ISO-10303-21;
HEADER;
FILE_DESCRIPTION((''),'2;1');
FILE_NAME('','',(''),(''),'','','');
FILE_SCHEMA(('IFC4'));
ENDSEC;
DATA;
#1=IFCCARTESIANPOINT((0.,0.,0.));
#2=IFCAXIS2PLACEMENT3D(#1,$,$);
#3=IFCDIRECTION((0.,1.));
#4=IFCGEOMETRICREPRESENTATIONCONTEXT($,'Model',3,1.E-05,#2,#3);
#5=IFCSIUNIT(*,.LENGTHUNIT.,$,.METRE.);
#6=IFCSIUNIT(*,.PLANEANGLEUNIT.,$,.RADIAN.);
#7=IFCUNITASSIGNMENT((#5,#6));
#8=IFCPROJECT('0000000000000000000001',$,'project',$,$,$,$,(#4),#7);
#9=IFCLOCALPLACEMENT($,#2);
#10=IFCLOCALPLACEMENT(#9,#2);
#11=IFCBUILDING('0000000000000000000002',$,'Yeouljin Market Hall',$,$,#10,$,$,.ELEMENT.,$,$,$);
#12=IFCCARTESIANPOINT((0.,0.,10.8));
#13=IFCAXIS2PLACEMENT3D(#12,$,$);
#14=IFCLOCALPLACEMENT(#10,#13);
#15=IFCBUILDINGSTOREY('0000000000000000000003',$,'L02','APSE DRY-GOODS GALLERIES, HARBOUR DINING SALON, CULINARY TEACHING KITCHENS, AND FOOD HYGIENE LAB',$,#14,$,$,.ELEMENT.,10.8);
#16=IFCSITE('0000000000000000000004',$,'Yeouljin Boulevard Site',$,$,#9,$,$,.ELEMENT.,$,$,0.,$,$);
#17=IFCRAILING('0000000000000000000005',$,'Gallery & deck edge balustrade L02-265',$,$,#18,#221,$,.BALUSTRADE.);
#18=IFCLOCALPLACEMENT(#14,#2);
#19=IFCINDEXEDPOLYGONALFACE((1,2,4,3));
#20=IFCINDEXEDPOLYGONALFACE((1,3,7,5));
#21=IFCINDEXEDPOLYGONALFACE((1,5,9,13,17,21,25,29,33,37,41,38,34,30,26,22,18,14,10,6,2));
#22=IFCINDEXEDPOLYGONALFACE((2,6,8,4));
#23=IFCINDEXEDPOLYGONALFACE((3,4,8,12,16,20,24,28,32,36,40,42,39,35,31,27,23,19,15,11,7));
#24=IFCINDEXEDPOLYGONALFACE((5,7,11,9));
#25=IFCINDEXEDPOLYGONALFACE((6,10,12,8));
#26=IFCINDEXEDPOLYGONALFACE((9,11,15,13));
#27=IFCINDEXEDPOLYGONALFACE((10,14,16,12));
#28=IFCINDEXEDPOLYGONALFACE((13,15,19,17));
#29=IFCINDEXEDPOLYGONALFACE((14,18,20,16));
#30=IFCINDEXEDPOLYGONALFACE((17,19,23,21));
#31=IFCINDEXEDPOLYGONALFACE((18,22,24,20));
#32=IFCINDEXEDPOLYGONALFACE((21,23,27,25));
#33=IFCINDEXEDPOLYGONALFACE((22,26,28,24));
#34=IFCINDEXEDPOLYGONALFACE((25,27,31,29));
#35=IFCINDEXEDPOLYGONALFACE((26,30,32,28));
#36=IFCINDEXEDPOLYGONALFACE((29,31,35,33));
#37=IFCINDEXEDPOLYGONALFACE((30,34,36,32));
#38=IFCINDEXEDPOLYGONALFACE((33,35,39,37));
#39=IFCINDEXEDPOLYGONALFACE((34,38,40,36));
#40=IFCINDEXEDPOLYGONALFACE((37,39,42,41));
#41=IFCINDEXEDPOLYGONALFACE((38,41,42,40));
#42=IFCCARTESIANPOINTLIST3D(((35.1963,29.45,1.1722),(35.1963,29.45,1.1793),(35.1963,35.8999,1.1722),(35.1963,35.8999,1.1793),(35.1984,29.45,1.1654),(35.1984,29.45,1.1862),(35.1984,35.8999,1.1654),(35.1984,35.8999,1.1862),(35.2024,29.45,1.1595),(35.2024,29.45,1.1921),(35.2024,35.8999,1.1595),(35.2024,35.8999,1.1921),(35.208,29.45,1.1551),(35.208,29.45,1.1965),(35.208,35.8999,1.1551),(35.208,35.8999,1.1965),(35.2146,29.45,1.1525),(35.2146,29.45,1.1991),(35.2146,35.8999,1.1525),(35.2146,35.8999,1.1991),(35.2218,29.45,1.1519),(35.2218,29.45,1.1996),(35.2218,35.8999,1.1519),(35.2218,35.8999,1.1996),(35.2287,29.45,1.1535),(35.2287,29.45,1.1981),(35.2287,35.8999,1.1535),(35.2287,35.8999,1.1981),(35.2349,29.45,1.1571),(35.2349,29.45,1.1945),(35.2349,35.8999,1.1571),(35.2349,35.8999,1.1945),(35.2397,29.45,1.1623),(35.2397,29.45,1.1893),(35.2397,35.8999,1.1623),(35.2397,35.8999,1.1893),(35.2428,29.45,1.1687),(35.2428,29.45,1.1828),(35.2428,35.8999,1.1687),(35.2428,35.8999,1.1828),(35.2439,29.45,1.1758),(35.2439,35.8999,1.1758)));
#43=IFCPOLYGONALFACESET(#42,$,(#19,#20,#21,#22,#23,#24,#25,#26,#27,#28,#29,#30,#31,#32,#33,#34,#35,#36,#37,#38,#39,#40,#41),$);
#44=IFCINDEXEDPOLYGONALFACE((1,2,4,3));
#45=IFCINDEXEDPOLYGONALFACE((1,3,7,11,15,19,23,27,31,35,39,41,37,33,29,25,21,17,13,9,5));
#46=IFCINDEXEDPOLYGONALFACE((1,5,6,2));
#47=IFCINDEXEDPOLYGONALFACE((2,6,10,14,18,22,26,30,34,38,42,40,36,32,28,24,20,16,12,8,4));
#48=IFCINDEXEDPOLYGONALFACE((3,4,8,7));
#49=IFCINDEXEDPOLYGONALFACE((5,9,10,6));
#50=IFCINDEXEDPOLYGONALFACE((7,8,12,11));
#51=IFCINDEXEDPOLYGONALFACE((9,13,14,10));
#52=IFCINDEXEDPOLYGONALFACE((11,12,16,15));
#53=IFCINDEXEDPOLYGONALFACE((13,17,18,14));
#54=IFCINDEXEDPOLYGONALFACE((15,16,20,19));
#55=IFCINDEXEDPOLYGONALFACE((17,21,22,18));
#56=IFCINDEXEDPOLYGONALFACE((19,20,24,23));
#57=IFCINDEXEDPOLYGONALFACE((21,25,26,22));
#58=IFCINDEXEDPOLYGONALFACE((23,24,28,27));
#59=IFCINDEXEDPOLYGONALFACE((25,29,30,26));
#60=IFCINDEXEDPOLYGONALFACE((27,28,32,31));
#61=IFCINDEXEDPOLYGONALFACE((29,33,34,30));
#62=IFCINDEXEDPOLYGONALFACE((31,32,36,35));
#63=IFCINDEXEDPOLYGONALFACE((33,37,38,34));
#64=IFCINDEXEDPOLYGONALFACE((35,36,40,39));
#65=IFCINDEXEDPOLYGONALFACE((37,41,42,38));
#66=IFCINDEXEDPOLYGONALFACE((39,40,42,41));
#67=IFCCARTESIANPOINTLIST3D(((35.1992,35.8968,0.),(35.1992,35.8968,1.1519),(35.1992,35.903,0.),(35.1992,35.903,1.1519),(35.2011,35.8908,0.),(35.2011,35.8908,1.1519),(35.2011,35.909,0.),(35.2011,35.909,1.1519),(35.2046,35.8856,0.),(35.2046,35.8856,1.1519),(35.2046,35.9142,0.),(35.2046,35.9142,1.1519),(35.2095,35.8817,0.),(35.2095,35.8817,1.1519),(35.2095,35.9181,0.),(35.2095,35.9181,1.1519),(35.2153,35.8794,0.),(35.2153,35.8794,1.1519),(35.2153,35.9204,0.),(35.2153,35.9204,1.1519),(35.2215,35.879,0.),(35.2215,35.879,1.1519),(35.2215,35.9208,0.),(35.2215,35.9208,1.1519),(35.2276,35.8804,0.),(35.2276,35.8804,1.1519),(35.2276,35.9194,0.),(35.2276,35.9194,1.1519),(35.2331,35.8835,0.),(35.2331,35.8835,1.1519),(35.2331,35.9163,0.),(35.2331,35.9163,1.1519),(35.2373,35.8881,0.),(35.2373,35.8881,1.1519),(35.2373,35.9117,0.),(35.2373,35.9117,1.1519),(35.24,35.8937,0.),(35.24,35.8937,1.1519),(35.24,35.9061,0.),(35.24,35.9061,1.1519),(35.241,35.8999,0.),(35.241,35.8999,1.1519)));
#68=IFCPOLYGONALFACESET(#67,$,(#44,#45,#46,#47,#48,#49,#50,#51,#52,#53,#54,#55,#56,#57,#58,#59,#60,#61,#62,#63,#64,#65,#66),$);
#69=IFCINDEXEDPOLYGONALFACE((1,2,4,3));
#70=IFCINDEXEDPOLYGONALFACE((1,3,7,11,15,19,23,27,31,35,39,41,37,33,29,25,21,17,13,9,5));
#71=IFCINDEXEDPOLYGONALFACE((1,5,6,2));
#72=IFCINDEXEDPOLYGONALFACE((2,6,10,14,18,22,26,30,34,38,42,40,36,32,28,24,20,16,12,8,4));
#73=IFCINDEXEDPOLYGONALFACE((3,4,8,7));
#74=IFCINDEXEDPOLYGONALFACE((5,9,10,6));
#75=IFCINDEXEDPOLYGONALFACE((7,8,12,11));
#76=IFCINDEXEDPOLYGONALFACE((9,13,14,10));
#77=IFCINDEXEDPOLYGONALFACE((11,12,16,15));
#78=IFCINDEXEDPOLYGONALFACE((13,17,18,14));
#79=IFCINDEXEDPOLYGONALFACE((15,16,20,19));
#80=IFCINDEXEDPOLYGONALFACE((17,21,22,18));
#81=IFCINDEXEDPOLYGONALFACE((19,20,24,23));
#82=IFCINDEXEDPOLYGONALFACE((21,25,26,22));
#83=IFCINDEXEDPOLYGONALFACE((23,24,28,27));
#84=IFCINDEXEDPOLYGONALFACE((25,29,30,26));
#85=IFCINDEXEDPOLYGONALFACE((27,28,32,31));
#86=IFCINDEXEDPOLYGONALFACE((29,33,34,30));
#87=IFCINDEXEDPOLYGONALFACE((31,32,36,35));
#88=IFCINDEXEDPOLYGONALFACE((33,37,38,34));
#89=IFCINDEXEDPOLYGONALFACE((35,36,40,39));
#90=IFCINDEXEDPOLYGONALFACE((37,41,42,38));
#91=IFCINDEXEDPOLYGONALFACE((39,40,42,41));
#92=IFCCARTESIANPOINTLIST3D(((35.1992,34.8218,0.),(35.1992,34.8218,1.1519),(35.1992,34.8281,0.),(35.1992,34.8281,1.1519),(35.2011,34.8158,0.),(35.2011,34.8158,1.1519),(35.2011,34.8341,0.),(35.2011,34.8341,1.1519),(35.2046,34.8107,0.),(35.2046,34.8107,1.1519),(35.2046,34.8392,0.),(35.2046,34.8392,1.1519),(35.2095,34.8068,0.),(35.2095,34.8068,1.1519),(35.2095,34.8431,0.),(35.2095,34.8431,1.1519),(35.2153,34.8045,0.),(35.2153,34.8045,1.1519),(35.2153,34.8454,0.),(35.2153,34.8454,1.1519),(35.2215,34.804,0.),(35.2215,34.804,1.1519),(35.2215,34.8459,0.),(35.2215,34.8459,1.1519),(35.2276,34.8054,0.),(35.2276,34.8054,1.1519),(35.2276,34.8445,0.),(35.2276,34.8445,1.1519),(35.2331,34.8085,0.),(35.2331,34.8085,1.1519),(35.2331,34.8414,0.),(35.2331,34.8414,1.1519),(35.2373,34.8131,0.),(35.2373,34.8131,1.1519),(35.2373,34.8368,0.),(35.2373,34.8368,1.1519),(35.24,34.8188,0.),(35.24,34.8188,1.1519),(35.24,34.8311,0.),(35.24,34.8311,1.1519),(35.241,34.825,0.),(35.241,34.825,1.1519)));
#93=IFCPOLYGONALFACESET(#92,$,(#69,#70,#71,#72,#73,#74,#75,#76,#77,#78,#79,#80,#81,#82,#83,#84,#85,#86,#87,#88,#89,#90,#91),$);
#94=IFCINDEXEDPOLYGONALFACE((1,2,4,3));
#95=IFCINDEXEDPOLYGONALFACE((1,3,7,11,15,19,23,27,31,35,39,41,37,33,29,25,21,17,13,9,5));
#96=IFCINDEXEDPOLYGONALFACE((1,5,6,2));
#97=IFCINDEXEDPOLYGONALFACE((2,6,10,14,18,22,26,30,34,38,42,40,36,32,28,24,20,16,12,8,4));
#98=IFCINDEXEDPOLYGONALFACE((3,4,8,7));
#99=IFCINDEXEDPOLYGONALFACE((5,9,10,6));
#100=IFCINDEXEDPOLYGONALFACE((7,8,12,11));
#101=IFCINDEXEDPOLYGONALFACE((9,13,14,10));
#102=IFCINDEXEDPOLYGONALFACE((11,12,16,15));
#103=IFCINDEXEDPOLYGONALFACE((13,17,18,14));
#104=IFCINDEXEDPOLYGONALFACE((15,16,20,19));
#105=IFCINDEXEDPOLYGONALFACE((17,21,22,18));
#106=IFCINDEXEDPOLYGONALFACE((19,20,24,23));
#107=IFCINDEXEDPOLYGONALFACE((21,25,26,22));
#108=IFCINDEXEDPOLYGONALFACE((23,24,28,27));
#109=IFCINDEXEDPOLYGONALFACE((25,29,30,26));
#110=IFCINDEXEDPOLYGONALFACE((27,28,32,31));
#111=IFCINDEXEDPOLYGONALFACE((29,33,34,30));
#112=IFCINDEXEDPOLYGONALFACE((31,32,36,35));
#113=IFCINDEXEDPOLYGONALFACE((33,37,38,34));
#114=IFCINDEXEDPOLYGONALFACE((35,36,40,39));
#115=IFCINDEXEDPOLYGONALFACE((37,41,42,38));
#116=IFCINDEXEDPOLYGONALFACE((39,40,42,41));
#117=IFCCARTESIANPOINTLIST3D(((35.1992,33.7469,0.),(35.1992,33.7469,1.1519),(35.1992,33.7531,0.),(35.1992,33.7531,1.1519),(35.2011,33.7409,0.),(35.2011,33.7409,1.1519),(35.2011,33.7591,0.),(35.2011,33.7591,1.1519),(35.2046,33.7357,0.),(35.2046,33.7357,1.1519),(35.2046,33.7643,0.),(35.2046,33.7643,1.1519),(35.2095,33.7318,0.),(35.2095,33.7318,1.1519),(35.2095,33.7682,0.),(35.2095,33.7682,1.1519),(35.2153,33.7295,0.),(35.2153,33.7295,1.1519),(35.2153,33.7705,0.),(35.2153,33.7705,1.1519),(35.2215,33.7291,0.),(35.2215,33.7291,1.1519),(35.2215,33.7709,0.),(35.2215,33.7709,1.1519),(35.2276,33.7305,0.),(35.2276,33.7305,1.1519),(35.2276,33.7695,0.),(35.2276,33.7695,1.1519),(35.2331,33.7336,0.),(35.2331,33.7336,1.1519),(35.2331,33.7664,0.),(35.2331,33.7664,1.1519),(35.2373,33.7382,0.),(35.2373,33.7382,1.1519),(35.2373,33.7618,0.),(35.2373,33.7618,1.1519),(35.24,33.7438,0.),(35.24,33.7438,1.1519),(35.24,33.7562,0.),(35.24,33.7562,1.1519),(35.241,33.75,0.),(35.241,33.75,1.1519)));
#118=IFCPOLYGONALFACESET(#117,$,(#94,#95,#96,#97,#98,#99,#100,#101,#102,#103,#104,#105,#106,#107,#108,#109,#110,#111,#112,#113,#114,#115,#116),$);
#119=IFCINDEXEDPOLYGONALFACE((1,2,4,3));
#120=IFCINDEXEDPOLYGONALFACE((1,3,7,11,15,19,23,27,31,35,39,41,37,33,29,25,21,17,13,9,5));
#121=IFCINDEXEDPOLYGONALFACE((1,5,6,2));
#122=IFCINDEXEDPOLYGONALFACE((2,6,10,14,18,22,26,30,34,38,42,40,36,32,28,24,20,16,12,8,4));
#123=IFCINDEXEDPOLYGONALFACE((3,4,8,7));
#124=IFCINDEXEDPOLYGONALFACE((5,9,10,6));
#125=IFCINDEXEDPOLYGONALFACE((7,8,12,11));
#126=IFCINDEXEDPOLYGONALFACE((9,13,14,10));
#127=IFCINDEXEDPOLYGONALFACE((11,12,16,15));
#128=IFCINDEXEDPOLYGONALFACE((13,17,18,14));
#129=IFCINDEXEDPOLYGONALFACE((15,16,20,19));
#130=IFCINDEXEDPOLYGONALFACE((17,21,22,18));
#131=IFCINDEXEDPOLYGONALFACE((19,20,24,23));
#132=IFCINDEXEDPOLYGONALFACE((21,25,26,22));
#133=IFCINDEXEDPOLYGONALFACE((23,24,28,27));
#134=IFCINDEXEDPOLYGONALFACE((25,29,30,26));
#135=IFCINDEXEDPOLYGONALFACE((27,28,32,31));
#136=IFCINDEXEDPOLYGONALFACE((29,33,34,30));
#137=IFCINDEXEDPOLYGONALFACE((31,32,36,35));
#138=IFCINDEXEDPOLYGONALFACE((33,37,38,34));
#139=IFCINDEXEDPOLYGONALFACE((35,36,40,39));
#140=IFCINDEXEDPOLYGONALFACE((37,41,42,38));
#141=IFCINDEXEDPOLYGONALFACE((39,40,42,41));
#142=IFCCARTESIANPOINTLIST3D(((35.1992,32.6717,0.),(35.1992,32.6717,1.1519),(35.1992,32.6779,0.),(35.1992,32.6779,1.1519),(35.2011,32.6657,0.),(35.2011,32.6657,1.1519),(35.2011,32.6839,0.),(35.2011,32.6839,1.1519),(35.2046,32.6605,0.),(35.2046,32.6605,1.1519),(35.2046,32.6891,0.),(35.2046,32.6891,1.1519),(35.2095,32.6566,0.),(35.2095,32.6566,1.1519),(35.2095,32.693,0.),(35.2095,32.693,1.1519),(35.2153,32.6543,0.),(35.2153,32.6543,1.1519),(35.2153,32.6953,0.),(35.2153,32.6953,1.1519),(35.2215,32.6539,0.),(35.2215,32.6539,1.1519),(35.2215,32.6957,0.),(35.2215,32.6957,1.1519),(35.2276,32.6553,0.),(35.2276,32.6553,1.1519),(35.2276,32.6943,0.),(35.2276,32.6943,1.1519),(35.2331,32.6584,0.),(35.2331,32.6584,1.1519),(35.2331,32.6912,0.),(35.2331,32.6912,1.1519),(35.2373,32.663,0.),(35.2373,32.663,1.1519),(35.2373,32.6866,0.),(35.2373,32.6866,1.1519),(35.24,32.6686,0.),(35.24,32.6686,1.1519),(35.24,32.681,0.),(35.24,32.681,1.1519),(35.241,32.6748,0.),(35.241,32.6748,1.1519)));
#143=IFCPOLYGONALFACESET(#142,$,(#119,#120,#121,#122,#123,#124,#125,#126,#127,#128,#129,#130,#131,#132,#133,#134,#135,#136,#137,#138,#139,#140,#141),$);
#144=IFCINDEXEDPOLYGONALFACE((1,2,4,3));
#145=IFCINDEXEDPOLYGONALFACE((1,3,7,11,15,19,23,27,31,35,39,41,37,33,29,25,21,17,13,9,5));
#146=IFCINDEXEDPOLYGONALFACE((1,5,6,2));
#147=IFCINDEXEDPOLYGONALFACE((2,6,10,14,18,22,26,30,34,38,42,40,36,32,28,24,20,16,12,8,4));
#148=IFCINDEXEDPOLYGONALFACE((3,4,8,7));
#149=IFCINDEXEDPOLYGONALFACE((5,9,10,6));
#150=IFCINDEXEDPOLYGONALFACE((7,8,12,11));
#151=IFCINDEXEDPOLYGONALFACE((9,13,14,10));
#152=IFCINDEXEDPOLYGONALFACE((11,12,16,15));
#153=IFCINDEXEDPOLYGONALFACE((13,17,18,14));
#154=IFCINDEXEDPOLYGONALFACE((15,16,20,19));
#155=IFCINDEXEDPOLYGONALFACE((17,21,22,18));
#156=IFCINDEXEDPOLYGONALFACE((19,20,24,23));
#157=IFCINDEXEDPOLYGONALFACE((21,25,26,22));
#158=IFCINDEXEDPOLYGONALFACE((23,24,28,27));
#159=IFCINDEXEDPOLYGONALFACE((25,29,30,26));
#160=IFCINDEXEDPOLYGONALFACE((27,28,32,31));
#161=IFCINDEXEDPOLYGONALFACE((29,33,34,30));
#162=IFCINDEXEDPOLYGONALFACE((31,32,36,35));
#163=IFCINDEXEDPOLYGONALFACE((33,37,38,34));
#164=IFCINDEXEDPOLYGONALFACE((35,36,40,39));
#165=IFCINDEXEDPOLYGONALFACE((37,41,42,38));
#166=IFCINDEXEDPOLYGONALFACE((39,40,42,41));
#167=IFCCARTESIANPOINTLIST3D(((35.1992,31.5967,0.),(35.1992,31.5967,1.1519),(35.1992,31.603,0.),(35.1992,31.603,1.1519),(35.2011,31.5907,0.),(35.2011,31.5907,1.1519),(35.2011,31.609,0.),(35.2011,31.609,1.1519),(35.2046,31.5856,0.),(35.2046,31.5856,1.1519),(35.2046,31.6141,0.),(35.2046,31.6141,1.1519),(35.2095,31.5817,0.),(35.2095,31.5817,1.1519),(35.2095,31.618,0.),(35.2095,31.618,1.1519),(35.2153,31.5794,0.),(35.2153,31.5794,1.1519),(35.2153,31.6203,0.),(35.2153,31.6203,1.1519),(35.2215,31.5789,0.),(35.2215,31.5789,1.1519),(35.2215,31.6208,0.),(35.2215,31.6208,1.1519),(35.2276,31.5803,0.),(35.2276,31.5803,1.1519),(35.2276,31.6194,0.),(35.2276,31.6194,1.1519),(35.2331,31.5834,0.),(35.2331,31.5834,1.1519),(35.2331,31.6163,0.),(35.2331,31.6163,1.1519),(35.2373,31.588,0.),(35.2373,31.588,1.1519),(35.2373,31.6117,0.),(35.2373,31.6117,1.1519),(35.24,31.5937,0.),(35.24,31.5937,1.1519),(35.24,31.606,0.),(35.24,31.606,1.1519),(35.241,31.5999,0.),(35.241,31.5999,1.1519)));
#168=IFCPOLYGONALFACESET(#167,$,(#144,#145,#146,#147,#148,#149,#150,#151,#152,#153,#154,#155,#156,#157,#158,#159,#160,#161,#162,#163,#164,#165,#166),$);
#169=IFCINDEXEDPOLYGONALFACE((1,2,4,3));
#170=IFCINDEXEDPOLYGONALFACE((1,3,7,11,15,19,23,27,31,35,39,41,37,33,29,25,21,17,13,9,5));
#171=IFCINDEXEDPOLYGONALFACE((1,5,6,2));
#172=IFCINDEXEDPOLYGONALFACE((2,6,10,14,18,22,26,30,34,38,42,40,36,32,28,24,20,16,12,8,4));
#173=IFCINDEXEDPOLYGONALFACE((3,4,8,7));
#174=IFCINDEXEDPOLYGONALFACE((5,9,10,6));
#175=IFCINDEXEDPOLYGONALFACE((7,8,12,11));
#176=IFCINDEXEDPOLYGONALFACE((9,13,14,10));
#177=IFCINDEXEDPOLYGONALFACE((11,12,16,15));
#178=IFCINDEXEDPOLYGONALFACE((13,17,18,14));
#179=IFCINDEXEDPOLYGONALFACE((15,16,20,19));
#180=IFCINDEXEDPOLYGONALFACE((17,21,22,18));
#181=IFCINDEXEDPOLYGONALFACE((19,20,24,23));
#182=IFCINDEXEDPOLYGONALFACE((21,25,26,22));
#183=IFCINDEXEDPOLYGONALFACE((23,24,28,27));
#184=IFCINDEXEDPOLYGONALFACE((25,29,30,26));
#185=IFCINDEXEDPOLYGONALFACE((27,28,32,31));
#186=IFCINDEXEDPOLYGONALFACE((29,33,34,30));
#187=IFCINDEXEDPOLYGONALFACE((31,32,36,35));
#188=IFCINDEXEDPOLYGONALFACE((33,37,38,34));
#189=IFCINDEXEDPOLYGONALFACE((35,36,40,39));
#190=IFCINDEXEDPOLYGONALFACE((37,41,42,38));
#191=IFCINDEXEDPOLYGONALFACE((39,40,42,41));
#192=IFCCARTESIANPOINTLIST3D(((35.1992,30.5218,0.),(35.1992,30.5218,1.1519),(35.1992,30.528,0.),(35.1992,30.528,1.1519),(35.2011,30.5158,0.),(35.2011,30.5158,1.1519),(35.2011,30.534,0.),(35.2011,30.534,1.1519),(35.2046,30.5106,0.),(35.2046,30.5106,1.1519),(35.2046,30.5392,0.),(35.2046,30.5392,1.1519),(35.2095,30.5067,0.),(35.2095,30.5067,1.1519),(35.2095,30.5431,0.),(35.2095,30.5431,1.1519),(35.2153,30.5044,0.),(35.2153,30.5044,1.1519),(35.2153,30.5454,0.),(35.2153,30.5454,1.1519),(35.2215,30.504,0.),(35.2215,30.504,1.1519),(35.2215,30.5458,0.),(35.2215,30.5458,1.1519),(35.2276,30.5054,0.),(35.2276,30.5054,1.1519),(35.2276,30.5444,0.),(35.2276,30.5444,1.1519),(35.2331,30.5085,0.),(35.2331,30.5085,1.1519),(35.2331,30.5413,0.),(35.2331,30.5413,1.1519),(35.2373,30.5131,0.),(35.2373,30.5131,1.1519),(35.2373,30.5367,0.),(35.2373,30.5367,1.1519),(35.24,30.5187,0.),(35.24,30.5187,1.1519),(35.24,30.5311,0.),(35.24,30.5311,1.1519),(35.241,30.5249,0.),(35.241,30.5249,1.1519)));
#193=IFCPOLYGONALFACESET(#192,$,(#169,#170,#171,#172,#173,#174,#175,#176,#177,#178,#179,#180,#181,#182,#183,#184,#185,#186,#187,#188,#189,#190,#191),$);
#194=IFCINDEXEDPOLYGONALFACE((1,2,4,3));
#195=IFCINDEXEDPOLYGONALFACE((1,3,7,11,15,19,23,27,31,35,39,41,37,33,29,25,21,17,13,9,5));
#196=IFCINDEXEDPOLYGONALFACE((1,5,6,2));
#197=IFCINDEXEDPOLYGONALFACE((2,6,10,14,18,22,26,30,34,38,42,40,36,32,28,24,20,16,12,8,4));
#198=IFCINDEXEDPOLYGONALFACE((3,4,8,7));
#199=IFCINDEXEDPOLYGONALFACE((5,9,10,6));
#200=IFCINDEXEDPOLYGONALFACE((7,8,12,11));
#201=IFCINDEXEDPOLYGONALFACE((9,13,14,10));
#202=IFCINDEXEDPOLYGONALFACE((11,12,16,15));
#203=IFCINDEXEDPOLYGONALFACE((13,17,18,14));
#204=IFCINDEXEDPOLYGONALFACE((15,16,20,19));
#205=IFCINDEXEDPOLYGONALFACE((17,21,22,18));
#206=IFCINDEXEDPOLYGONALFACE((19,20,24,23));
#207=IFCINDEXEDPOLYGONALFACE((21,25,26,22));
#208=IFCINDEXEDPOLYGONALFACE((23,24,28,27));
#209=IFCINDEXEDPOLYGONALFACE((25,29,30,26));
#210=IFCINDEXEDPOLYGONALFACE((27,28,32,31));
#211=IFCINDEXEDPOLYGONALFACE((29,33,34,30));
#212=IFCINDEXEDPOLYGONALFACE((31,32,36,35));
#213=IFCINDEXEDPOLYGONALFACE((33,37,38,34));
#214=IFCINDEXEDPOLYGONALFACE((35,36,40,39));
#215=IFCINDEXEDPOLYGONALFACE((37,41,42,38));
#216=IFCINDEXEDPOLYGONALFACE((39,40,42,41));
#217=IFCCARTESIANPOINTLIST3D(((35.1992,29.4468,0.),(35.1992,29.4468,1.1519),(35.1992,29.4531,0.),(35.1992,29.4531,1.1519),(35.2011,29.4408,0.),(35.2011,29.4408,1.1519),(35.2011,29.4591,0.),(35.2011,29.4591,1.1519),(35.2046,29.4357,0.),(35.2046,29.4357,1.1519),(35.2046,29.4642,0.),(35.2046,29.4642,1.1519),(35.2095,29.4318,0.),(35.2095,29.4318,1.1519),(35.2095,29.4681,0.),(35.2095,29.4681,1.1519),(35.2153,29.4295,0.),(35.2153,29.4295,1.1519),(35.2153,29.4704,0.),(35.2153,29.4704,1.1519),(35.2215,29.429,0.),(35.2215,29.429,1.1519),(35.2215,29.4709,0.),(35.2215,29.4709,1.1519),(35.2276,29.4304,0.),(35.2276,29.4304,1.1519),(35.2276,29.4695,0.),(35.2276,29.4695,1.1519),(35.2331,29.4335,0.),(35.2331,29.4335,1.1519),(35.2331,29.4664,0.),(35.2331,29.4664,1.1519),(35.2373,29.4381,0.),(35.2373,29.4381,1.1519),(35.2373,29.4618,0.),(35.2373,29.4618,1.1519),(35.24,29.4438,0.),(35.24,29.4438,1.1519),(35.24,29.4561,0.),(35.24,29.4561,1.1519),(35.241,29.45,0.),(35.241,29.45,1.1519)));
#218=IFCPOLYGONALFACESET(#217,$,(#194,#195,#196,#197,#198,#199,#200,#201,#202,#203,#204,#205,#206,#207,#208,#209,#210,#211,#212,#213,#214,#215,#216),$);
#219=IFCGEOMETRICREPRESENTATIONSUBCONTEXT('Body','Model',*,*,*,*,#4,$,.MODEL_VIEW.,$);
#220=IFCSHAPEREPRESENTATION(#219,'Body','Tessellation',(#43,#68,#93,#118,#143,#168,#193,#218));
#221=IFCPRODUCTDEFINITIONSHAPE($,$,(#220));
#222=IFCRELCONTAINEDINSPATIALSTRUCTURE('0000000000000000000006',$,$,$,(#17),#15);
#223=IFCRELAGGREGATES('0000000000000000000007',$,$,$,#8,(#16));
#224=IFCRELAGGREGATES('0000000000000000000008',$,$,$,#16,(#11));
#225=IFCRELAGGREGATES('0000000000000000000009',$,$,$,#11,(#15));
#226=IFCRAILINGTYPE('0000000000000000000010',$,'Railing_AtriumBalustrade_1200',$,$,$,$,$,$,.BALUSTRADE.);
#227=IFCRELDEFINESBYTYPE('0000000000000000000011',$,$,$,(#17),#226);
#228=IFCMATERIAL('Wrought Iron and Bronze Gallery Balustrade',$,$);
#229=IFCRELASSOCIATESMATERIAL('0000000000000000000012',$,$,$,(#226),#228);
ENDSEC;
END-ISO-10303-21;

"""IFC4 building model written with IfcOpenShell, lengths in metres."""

from ifc_helpers import new_model, si_unit, direction, frame, origin, origin_2d, place, context, subcontext, project, spatial, circle, extrude, material, type_object, element, save


model = new_model("IFC4")

# Units and contexts
model_context = context("Model", 3, precision=1e-05, world=origin(), true_north=direction((0.0, 1.0)))
body_context = subcontext(model_context, "Body", "Model", "MODEL_VIEW")
ifc_project = project(units=[si_unit("LENGTHUNIT", "METRE"), si_unit("PLANEANGLEUNIT", "RADIAN")], contexts=[model_context])

# Site, building, storey
site_placement = place(None, origin())
site = spatial("IfcSite", under=ifc_project, at=site_placement, Name="Yeouljin Boulevard Site", CompositionType="ELEMENT", RefElevation=0.0)
building_placement = place(site_placement, origin())
building = spatial("IfcBuilding", under=site, at=building_placement, Name="Yeouljin Market Hall", CompositionType="ELEMENT")
storey_placement = place(building_placement, frame((0.0, 0.0, 10.8)))
storey = spatial("IfcBuildingStorey", under=building, at=storey_placement, Name="L02", Description="APSE DRY-GOODS GALLERIES, HARBOUR DINING SALON, CULINARY TEACHING KITCHENS, AND FOOD HYGIENE LAB", CompositionType="ELEMENT", Elevation=10.8)

# Railing
ifc_material_1 = material(Name="Wrought Iron and Bronze Gallery Balustrade")
railing_type = type_object("IfcRailingType", Name="Railing_AtriumBalustrade_1200", PredefinedType="BALUSTRADE", material=ifc_material_1)
railing_1_placement = place(storey_placement, frame((35.22, 35.8999, 0.0)))
element("IfcRailing", 1, at=railing_1_placement, inside=storey, type_object=railing_type, Name="Gallery & deck edge balustrade L02-265", PredefinedType="BALUSTRADE", context=body_context, shape_type="SweptSolid", body=[
    extrude(circle(Radius=0.0239, at=origin_2d()), frame((0.0, 0.0, 1.1758), z_axis=(0.0, -1.0, 0.0), x_axis=(1.0, 0.0, 0.0)), (0.0, 0.0, 1.0), 6.45),
    extrude(circle(Radius=0.021, at=origin_2d()), origin(), (0.0, 0.0, 1.0), 1.1519),
    extrude(circle(Radius=0.021, at=origin_2d()), frame((0.0, -1.075, 0.0)), (0.0, 0.0, 1.0), 1.1519),
    extrude(circle(Radius=0.021, at=origin_2d()), frame((0.0, -2.1499, 0.0)), (0.0, 0.0, 1.0), 1.1519),
    extrude(circle(Radius=0.021, at=origin_2d()), frame((0.0, -3.2251, 0.0)), (0.0, 0.0, 1.0), 1.1519),
    extrude(circle(Radius=0.021, at=origin_2d()), frame((0.0, -4.3, 0.0)), (0.0, 0.0, 1.0), 1.1519),
    extrude(circle(Radius=0.021, at=origin_2d()), frame((0.0, -5.375, 0.0)), (0.0, 0.0, 1.0), 1.1519),
    extrude(circle(Radius=0.021, at=origin_2d()), frame((0.0, -6.45, 0.0)), (0.0, 0.0, 1.0), 1.1519),
])

save(model, "model.ifc")
